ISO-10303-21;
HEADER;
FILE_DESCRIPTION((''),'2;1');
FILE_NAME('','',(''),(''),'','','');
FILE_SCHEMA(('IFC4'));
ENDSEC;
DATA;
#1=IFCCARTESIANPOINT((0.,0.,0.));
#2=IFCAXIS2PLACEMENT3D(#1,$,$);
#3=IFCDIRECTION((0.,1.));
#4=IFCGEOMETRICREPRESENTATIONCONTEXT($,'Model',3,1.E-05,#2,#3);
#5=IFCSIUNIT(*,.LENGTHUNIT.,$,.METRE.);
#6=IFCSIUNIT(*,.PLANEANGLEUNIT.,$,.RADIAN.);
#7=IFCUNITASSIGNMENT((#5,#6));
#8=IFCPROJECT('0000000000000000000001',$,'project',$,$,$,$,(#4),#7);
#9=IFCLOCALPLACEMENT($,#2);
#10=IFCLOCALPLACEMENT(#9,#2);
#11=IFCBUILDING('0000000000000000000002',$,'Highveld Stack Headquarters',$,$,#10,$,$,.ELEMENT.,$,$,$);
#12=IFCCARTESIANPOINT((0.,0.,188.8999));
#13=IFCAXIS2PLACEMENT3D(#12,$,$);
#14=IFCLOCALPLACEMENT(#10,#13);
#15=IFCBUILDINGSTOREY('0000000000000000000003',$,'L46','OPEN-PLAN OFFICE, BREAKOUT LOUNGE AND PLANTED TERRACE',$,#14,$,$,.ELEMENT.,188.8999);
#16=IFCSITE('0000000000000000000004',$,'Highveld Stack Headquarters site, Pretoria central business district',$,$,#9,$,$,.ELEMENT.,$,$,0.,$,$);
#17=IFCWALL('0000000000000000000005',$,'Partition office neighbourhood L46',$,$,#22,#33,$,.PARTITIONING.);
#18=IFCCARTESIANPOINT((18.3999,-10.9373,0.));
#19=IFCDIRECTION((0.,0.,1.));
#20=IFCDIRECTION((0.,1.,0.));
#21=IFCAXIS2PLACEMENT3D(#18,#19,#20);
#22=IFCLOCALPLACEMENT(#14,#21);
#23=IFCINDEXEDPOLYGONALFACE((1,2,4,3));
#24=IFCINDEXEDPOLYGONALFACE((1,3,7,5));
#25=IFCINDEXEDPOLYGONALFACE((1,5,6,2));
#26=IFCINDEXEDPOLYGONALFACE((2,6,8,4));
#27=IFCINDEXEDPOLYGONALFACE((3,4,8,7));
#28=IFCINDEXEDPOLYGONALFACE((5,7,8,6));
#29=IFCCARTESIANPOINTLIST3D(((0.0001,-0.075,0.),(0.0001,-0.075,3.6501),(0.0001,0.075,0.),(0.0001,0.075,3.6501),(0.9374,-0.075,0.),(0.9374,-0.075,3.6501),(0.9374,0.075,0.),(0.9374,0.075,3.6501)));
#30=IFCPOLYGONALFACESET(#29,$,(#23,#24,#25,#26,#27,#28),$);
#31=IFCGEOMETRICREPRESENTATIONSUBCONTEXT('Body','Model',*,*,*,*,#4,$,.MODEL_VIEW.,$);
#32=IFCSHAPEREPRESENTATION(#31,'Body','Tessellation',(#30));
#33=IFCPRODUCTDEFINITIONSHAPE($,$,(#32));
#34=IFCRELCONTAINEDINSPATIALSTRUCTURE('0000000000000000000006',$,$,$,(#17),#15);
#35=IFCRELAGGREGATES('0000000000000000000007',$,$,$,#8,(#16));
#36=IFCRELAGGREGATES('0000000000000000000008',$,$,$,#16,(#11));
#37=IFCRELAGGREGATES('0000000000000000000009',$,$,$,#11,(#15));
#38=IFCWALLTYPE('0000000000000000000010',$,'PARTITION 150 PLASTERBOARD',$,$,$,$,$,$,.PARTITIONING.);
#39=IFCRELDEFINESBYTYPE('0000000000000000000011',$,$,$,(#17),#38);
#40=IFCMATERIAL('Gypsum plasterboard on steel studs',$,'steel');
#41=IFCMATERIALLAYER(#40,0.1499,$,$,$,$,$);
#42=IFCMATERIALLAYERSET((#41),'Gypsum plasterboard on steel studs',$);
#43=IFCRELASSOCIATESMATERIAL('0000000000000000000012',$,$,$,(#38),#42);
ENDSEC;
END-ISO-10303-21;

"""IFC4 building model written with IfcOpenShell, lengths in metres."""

from ifc_helpers import new_model, si_unit, direction, frame, frame_2d, origin, place, context, subcontext, project, spatial, rectangle, extrude, material, layer, layer_set, type_object, element, save


model = new_model("IFC4")

# Units and contexts
model_context = context("Model", 3, precision=1e-05, world=origin(), true_north=direction((0.0, 1.0)))
body_context = subcontext(model_context, "Body", "Model", "MODEL_VIEW")
ifc_project = project(units=[si_unit("LENGTHUNIT", "METRE"), si_unit("PLANEANGLEUNIT", "RADIAN")], contexts=[model_context])

# Site, building, storey
site_placement = place(None, origin())
site = spatial("IfcSite", under=ifc_project, at=site_placement, Name="Highveld Stack Headquarters site, Pretoria central business district", CompositionType="ELEMENT", RefElevation=0.0)
building_placement = place(site_placement, origin())
building = spatial("IfcBuilding", under=site, at=building_placement, Name="Highveld Stack Headquarters", CompositionType="ELEMENT")
storey_placement = place(building_placement, frame((0.0, 0.0, 188.8999)))
storey = spatial("IfcBuildingStorey", under=building, at=storey_placement, Name="L46", Description="OPEN-PLAN OFFICE, BREAKOUT LOUNGE AND PLANTED TERRACE", CompositionType="ELEMENT", Elevation=188.8999)

# Wall
ifc_material_1 = material(Name="Gypsum plasterboard on steel studs", Category="steel")
ifc_layer_1 = layer(ifc_material_1, 0.1499)
ifc_layer_set_1 = layer_set([ifc_layer_1], Name="Gypsum plasterboard on steel studs")
wall_type_1 = type_object("IfcWallType", Name="PARTITION 150 PLASTERBOARD", PredefinedType="PARTITIONING", material=ifc_layer_set_1)
wall_1_placement = place(storey_placement, frame((18.3999, -10.9373, 0.0), z_axis=(0.0, 0.0, 1.0), x_axis=(0.0, 1.0, 0.0)))
element("IfcWall", 1, at=wall_1_placement, inside=storey, type_object=wall_type_1, Name="Partition office neighbourhood L46", PredefinedType="PARTITIONING", context=body_context, shape_type="SweptSolid", body=[
    extrude(rectangle(XDim=0.9373, YDim=0.1499, at=frame_2d((0.4688, 0.0))), origin(), (0.0, 0.0, 1.0), 3.6501),
])

save(model, "model.ifc")
